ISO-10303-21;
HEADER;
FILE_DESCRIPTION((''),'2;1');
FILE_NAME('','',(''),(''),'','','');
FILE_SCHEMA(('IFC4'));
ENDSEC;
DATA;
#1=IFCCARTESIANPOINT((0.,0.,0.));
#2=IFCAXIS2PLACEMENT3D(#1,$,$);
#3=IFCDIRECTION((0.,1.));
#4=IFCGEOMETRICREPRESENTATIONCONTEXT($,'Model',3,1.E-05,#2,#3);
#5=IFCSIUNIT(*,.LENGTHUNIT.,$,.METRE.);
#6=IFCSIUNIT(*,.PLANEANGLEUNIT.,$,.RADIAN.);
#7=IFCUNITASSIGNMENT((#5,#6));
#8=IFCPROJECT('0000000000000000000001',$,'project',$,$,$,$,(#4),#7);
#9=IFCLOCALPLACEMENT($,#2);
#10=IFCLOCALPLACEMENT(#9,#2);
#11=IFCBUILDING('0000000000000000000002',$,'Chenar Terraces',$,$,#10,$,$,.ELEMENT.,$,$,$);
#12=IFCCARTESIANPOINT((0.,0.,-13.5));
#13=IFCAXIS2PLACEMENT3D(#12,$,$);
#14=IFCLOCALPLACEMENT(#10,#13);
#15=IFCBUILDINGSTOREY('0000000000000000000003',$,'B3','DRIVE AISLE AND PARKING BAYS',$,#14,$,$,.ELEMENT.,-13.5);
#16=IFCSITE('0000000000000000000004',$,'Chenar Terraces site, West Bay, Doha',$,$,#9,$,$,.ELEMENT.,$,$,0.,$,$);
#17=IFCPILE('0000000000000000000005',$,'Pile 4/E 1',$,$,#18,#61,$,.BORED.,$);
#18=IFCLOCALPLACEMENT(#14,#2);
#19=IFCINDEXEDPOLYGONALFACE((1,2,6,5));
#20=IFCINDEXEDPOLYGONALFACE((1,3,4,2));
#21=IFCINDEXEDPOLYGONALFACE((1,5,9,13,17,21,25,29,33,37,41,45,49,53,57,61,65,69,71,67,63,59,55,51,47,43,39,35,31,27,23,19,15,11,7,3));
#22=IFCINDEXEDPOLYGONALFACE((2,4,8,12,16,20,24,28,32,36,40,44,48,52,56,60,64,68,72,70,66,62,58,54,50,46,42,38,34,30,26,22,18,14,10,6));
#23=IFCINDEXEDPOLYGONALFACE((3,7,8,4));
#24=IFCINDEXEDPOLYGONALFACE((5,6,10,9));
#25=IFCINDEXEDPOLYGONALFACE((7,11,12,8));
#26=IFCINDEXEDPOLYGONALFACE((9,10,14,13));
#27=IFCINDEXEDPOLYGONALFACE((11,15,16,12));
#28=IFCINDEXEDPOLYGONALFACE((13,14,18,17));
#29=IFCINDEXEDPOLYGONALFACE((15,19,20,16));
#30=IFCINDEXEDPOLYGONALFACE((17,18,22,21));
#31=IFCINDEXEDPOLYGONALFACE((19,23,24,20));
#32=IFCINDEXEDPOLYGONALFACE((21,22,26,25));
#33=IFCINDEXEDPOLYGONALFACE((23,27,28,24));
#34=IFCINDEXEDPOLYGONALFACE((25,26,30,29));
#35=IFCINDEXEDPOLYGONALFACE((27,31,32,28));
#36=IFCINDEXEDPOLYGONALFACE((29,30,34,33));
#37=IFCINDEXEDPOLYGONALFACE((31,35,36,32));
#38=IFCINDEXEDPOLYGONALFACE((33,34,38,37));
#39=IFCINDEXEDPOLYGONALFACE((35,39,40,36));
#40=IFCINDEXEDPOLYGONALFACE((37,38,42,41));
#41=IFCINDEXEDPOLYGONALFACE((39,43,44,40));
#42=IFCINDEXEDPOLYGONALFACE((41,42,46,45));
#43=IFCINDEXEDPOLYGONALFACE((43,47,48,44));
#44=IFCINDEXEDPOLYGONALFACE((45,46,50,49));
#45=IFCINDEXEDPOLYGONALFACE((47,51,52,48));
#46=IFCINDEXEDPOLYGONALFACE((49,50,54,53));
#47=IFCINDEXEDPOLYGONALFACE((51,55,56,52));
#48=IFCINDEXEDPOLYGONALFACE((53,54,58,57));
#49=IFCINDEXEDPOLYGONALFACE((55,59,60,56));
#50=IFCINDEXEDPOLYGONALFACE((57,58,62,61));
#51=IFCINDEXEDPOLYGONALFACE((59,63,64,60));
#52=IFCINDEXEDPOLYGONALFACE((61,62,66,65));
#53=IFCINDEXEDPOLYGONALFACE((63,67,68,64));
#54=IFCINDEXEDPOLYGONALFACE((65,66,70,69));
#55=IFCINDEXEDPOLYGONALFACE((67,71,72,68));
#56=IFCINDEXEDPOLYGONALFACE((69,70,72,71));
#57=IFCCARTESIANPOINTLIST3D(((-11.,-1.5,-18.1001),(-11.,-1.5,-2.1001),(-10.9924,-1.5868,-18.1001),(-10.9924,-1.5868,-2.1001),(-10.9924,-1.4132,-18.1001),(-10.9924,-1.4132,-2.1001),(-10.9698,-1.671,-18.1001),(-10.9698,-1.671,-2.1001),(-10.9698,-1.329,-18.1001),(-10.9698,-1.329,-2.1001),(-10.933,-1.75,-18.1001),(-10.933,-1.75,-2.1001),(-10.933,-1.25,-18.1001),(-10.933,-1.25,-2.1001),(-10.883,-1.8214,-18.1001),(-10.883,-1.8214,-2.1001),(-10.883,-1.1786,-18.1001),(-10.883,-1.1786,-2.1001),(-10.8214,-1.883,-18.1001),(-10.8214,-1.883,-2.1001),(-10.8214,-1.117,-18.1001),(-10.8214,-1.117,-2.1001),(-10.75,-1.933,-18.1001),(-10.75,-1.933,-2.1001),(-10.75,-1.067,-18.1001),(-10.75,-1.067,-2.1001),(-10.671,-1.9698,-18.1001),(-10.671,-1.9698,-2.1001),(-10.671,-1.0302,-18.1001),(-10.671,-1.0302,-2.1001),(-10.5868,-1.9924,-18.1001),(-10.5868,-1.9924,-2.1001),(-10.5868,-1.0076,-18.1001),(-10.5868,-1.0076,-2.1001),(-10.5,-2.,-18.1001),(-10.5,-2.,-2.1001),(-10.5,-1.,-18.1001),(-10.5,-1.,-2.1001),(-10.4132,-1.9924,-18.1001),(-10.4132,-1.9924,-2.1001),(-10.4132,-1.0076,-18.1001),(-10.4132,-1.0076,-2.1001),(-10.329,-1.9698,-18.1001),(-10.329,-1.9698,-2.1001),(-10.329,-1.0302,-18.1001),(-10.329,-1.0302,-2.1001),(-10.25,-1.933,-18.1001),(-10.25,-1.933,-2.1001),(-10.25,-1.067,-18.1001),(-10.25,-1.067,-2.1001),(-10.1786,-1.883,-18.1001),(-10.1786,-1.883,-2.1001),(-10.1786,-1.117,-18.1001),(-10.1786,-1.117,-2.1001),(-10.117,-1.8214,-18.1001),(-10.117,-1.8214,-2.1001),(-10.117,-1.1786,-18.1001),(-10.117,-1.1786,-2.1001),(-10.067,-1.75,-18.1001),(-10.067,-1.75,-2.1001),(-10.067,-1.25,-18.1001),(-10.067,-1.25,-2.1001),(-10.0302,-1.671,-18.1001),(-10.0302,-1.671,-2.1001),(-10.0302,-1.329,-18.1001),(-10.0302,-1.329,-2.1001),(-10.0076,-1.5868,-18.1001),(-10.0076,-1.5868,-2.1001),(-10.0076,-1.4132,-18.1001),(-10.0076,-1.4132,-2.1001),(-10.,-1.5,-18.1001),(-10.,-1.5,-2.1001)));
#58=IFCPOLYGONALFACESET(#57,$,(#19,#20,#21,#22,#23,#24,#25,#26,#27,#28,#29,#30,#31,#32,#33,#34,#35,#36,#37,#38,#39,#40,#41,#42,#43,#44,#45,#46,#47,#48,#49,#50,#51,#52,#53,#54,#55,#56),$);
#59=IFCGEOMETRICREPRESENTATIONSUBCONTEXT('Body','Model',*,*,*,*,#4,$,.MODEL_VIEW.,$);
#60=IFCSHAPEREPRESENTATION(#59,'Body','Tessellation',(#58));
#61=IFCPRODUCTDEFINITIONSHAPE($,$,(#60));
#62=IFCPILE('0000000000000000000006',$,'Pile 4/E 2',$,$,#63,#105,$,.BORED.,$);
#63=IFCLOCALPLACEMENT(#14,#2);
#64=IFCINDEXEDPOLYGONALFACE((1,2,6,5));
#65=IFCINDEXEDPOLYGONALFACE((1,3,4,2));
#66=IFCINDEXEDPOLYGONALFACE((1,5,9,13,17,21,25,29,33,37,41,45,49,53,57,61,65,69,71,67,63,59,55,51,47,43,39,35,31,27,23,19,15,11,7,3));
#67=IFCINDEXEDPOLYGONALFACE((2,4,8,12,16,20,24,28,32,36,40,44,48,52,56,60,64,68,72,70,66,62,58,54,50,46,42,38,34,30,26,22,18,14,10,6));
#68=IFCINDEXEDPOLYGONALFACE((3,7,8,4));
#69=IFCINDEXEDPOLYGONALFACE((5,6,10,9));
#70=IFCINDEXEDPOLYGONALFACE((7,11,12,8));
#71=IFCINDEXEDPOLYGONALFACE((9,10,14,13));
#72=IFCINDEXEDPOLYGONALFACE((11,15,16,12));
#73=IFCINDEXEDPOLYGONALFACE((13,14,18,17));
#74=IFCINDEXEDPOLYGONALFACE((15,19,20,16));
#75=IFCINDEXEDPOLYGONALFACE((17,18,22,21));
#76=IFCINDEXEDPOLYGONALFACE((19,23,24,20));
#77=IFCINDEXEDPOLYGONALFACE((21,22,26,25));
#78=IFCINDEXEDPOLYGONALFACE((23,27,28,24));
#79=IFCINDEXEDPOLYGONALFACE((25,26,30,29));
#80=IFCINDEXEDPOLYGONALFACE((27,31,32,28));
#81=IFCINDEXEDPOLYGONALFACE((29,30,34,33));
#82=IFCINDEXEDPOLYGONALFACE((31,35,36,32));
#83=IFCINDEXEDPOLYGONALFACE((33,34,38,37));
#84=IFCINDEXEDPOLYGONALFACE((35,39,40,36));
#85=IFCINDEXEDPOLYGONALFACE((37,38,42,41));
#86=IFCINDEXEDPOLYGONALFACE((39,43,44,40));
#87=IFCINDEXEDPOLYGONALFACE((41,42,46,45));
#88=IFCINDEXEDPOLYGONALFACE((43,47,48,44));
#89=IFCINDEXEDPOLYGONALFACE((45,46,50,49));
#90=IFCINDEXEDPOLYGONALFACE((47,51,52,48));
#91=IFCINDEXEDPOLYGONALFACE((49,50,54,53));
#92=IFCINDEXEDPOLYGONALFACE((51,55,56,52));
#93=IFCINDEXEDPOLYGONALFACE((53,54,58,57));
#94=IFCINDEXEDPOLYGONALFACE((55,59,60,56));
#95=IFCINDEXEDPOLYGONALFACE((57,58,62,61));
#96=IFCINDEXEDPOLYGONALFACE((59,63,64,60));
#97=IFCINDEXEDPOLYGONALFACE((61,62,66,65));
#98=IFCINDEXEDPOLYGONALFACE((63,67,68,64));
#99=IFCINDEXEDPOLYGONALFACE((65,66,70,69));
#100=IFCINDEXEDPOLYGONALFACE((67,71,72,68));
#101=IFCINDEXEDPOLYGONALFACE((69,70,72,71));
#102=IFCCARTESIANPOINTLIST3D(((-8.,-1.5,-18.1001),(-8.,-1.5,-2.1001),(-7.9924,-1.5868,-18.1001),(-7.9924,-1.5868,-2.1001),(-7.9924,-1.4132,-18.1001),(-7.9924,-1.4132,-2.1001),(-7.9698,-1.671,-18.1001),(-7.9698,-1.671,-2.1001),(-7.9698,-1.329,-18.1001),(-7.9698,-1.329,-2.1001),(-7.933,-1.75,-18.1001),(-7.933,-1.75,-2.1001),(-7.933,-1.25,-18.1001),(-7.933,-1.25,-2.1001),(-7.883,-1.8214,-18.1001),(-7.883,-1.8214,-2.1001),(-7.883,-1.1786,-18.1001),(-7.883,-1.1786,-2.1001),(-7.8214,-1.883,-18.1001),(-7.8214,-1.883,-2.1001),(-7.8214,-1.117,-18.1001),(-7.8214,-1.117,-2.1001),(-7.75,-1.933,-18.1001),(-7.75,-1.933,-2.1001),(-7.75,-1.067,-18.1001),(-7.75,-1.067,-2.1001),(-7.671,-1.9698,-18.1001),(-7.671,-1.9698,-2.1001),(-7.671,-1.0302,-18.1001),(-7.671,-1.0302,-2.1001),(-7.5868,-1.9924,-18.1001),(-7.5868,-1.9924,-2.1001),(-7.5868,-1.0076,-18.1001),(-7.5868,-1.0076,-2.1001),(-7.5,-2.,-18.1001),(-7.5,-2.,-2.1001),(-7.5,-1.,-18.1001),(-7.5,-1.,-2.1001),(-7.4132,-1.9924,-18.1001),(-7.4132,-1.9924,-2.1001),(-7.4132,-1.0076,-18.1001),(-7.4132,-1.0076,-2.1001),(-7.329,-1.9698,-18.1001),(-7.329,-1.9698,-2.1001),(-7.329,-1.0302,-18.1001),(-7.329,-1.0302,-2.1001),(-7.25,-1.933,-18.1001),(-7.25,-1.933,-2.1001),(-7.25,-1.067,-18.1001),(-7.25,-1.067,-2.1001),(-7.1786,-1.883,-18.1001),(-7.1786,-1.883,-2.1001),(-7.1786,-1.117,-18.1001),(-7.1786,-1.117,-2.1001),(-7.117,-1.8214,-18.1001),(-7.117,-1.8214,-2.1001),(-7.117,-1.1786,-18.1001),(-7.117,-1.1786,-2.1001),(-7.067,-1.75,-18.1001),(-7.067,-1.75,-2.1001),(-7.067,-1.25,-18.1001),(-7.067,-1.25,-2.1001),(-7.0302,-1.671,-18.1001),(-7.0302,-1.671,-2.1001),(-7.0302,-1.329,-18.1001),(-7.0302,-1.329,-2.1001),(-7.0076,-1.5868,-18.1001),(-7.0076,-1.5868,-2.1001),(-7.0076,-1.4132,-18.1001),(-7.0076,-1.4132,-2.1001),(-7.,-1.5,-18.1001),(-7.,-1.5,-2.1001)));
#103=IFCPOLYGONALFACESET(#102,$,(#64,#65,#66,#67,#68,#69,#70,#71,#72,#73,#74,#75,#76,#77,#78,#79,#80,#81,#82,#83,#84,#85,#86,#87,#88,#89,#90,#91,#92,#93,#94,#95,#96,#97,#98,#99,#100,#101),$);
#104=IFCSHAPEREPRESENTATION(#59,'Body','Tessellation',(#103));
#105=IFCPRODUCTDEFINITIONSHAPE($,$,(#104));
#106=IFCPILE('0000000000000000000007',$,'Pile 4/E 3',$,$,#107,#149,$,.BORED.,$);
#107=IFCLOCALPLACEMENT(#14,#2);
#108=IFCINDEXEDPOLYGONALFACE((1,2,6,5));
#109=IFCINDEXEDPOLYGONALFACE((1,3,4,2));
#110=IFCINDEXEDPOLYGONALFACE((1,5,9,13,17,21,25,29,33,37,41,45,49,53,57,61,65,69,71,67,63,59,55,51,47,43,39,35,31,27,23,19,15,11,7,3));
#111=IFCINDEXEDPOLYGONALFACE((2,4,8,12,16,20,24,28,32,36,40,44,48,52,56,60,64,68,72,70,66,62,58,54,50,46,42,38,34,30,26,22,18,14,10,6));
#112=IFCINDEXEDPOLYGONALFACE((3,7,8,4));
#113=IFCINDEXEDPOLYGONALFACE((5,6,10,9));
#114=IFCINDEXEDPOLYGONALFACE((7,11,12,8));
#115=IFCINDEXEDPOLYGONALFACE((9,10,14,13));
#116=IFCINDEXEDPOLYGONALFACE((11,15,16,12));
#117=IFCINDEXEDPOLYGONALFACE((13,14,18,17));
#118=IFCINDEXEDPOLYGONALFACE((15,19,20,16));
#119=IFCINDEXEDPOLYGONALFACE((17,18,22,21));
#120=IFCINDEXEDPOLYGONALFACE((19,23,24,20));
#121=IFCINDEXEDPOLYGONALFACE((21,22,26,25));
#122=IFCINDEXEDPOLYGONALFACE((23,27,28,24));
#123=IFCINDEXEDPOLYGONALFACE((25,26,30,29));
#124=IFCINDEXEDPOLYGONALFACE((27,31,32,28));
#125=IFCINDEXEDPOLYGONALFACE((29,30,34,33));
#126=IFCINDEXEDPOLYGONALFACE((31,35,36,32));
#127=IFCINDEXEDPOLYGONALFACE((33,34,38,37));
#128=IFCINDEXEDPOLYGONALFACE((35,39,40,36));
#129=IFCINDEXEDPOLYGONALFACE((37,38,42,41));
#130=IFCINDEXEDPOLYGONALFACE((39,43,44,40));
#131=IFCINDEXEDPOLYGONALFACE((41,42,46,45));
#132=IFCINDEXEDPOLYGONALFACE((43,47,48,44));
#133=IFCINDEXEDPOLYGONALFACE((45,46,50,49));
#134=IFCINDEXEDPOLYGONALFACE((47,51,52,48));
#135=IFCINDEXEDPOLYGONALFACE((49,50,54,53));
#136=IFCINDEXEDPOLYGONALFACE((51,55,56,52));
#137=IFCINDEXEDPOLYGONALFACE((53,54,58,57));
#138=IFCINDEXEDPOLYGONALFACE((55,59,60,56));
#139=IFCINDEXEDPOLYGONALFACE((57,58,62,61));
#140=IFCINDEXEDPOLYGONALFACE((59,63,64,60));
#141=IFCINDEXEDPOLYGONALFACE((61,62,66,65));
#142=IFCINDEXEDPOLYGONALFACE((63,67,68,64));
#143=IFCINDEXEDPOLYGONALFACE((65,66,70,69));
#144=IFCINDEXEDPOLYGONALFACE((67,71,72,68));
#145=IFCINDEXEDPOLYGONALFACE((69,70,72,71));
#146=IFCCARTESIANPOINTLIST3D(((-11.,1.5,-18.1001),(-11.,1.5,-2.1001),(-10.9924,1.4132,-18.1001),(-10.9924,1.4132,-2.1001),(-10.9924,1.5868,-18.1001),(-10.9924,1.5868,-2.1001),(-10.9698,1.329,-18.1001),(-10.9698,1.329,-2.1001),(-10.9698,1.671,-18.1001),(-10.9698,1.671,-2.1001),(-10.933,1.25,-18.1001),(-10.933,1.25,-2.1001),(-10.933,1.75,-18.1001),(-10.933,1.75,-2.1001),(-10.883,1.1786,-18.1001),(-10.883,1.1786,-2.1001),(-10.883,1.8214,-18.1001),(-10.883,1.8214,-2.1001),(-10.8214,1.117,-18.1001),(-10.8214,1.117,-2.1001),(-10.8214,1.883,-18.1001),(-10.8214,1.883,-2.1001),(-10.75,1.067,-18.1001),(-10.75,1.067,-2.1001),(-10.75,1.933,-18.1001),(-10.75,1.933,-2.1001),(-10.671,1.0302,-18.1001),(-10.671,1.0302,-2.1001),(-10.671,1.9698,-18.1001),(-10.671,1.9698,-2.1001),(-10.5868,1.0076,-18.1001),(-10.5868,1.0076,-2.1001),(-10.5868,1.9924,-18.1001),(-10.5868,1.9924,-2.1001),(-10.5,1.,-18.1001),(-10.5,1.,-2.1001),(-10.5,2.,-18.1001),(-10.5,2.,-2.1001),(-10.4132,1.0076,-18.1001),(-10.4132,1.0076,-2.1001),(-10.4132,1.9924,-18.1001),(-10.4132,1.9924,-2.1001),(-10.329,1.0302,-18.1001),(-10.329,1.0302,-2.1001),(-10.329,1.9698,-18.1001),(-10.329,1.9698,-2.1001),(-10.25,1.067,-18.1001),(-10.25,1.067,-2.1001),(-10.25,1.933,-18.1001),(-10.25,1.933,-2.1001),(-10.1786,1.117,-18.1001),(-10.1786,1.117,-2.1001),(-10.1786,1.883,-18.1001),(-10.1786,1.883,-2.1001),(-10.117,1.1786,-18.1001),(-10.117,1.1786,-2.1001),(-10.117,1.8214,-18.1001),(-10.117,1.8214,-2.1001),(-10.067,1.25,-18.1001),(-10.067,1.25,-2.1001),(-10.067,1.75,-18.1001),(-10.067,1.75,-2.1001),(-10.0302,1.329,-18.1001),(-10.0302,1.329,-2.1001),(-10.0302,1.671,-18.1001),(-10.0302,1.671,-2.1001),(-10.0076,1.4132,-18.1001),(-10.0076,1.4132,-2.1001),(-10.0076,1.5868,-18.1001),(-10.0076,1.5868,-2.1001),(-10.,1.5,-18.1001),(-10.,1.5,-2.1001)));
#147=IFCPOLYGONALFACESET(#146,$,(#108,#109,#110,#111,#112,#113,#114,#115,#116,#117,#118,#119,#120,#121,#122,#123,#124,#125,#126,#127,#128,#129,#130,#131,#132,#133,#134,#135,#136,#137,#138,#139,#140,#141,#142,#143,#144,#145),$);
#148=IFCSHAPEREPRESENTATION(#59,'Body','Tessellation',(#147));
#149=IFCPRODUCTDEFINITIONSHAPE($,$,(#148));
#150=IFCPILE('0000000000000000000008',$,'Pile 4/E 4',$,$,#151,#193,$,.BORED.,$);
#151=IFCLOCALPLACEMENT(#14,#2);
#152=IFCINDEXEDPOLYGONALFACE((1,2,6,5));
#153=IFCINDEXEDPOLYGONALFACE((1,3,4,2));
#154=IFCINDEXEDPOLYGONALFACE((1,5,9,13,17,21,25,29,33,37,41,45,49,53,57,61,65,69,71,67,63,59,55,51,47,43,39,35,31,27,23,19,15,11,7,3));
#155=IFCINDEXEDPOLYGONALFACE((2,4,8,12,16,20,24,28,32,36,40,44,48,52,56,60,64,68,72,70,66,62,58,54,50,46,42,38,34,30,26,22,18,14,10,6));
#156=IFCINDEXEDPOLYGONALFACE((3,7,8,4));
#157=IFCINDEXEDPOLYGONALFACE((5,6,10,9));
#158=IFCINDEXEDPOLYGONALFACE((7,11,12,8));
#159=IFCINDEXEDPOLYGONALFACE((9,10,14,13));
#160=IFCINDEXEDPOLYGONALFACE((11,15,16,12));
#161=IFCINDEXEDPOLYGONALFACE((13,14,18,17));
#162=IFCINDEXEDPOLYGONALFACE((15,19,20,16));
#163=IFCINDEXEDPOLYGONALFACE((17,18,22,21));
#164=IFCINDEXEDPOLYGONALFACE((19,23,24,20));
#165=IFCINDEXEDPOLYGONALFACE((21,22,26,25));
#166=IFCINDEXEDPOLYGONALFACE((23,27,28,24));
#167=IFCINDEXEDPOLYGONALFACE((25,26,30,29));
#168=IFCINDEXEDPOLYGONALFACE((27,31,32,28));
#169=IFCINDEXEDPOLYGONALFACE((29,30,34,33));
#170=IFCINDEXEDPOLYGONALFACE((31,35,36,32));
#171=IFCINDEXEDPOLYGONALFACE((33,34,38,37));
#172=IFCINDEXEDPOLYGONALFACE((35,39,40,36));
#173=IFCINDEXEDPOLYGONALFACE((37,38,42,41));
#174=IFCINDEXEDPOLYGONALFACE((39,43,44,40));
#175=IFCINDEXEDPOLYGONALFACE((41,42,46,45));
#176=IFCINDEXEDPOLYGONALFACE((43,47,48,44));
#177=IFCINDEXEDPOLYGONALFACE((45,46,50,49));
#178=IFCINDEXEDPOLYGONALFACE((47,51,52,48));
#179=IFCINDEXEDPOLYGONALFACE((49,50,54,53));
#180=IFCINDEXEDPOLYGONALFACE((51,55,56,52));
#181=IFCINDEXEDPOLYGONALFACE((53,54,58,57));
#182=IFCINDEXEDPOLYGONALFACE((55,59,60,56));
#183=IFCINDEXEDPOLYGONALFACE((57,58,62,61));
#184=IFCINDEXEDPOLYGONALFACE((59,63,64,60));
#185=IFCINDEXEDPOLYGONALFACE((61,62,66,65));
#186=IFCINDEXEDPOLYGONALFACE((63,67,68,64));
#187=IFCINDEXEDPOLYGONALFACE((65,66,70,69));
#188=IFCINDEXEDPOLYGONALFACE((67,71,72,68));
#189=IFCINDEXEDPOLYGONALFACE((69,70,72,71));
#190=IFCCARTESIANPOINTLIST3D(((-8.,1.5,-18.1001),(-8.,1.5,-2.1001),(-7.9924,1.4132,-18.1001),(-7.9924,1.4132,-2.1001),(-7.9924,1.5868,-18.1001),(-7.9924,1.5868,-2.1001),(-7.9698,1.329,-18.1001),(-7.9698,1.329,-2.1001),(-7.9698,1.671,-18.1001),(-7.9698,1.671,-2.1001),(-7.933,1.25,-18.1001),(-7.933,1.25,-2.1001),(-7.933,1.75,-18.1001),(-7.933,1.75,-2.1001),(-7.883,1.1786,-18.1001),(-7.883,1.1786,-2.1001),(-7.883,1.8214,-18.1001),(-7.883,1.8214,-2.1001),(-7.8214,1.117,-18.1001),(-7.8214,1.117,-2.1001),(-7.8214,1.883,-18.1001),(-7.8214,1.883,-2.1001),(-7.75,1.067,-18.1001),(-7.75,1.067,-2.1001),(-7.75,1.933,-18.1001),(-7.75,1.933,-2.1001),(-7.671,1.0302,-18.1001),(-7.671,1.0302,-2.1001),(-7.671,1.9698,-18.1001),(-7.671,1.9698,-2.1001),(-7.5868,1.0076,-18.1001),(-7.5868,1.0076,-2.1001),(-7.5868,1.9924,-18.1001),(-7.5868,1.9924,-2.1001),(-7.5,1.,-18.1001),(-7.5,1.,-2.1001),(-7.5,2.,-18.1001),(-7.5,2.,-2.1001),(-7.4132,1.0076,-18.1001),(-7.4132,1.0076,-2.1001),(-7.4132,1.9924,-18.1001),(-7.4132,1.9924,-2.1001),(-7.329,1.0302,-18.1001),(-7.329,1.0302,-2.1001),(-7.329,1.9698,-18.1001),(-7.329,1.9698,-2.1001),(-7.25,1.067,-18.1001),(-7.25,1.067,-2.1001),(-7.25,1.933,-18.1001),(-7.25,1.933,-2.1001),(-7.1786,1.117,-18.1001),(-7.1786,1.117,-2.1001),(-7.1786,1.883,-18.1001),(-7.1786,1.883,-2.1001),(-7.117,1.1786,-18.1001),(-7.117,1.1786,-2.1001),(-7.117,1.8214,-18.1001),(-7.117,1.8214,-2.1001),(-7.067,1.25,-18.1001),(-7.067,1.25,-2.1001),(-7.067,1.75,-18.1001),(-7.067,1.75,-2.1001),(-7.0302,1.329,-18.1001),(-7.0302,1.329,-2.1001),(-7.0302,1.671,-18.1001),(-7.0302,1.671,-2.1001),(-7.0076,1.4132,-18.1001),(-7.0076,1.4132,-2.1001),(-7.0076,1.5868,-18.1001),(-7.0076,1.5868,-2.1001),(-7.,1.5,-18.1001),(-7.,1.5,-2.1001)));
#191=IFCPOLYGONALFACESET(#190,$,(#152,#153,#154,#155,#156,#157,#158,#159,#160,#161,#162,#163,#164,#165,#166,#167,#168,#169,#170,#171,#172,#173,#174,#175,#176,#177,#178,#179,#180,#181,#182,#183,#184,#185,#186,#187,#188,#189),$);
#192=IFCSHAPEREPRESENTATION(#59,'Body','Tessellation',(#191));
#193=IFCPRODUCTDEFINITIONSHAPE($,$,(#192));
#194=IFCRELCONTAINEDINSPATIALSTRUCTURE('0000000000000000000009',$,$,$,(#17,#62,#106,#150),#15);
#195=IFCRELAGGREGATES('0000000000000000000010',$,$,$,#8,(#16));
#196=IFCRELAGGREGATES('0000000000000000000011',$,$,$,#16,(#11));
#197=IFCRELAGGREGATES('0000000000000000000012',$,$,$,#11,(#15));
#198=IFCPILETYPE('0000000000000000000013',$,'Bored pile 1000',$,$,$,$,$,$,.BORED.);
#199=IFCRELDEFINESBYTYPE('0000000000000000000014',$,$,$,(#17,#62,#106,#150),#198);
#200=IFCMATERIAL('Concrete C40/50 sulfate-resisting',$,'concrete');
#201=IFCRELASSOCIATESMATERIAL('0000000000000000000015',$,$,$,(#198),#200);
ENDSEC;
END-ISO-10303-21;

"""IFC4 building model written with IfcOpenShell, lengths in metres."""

from ifc_helpers import new_model, si_unit, direction, frame, origin, origin_2d, place, context, subcontext, project, spatial, circle, extrude, material, material_profile, profile_set, type_object, element, save


model = new_model("IFC4")

# Units and contexts
model_context = context("Model", 3, precision=1e-05, world=origin(), true_north=direction((0.0, 1.0)))
body_context = subcontext(model_context, "Body", "Model", "MODEL_VIEW")
ifc_project = project(units=[si_unit("LENGTHUNIT", "METRE"), si_unit("PLANEANGLEUNIT", "RADIAN")], contexts=[model_context])

# Site, building, storey
site_placement = place(None, origin())
site = spatial("IfcSite", under=ifc_project, at=site_placement, Name="Chenar Terraces site, West Bay, Doha", CompositionType="ELEMENT", RefElevation=0.0)
building_placement = place(site_placement, origin())
building = spatial("IfcBuilding", under=site, at=building_placement, Name="Chenar Terraces", CompositionType="ELEMENT")
storey_placement = place(building_placement, frame((0.0, 0.0, -13.5)))
storey = spatial("IfcBuildingStorey", under=building, at=storey_placement, Name="B3", Description="DRIVE AISLE AND PARKING BAYS", CompositionType="ELEMENT", Elevation=-13.5)

# Piles
ifc_material_1 = material(Name="Concrete C40/50 sulfate-resisting", Category="concrete")
ifc_material_profile_1 = material_profile(ifc_material_1, circle(Radius=0.5, at=origin_2d()), Name="BP 1000")
ifc_profile_set_1 = profile_set([ifc_material_profile_1], Name="Concrete C40/50 sulfate-resisting")
pile_type = type_object("IfcPileType", Name="Bored pile 1000", PredefinedType="BORED", material=ifc_profile_set_1)
for number, where, z_axis, x_axis, name in (
    (1, (-10.5, -1.5, -2.1001), (0.0, 0.0, -1.0), (1.0, 0.0, 0.0), "Pile 4/E 1"),
    (2, (-7.5, -1.5, -2.1001), (0.0, 0.0, -1.0), (1.0, 0.0, 0.0), "Pile 4/E 2"),
    (3, (-10.5, 1.5, -2.1001), (0.0, 0.0, -1.0), (1.0, 0.0, 0.0), "Pile 4/E 3"),
    (4, (-7.5, 1.5, -2.1001), (0.0, 0.0, -1.0), (1.0, 0.0, 0.0), "Pile 4/E 4"),
):
    element("IfcPile", number, at=place(storey_placement, frame(where, z_axis=z_axis, x_axis=x_axis)), inside=storey, type_object=pile_type, Name=name, PredefinedType="BORED", context=body_context, shape_type="SweptSolid", body=[
        extrude(circle(Radius=0.5, at=origin_2d()), origin(), (0.0, 0.0, 1.0), 16.0),
    ])

save(model, "model.ifc")
